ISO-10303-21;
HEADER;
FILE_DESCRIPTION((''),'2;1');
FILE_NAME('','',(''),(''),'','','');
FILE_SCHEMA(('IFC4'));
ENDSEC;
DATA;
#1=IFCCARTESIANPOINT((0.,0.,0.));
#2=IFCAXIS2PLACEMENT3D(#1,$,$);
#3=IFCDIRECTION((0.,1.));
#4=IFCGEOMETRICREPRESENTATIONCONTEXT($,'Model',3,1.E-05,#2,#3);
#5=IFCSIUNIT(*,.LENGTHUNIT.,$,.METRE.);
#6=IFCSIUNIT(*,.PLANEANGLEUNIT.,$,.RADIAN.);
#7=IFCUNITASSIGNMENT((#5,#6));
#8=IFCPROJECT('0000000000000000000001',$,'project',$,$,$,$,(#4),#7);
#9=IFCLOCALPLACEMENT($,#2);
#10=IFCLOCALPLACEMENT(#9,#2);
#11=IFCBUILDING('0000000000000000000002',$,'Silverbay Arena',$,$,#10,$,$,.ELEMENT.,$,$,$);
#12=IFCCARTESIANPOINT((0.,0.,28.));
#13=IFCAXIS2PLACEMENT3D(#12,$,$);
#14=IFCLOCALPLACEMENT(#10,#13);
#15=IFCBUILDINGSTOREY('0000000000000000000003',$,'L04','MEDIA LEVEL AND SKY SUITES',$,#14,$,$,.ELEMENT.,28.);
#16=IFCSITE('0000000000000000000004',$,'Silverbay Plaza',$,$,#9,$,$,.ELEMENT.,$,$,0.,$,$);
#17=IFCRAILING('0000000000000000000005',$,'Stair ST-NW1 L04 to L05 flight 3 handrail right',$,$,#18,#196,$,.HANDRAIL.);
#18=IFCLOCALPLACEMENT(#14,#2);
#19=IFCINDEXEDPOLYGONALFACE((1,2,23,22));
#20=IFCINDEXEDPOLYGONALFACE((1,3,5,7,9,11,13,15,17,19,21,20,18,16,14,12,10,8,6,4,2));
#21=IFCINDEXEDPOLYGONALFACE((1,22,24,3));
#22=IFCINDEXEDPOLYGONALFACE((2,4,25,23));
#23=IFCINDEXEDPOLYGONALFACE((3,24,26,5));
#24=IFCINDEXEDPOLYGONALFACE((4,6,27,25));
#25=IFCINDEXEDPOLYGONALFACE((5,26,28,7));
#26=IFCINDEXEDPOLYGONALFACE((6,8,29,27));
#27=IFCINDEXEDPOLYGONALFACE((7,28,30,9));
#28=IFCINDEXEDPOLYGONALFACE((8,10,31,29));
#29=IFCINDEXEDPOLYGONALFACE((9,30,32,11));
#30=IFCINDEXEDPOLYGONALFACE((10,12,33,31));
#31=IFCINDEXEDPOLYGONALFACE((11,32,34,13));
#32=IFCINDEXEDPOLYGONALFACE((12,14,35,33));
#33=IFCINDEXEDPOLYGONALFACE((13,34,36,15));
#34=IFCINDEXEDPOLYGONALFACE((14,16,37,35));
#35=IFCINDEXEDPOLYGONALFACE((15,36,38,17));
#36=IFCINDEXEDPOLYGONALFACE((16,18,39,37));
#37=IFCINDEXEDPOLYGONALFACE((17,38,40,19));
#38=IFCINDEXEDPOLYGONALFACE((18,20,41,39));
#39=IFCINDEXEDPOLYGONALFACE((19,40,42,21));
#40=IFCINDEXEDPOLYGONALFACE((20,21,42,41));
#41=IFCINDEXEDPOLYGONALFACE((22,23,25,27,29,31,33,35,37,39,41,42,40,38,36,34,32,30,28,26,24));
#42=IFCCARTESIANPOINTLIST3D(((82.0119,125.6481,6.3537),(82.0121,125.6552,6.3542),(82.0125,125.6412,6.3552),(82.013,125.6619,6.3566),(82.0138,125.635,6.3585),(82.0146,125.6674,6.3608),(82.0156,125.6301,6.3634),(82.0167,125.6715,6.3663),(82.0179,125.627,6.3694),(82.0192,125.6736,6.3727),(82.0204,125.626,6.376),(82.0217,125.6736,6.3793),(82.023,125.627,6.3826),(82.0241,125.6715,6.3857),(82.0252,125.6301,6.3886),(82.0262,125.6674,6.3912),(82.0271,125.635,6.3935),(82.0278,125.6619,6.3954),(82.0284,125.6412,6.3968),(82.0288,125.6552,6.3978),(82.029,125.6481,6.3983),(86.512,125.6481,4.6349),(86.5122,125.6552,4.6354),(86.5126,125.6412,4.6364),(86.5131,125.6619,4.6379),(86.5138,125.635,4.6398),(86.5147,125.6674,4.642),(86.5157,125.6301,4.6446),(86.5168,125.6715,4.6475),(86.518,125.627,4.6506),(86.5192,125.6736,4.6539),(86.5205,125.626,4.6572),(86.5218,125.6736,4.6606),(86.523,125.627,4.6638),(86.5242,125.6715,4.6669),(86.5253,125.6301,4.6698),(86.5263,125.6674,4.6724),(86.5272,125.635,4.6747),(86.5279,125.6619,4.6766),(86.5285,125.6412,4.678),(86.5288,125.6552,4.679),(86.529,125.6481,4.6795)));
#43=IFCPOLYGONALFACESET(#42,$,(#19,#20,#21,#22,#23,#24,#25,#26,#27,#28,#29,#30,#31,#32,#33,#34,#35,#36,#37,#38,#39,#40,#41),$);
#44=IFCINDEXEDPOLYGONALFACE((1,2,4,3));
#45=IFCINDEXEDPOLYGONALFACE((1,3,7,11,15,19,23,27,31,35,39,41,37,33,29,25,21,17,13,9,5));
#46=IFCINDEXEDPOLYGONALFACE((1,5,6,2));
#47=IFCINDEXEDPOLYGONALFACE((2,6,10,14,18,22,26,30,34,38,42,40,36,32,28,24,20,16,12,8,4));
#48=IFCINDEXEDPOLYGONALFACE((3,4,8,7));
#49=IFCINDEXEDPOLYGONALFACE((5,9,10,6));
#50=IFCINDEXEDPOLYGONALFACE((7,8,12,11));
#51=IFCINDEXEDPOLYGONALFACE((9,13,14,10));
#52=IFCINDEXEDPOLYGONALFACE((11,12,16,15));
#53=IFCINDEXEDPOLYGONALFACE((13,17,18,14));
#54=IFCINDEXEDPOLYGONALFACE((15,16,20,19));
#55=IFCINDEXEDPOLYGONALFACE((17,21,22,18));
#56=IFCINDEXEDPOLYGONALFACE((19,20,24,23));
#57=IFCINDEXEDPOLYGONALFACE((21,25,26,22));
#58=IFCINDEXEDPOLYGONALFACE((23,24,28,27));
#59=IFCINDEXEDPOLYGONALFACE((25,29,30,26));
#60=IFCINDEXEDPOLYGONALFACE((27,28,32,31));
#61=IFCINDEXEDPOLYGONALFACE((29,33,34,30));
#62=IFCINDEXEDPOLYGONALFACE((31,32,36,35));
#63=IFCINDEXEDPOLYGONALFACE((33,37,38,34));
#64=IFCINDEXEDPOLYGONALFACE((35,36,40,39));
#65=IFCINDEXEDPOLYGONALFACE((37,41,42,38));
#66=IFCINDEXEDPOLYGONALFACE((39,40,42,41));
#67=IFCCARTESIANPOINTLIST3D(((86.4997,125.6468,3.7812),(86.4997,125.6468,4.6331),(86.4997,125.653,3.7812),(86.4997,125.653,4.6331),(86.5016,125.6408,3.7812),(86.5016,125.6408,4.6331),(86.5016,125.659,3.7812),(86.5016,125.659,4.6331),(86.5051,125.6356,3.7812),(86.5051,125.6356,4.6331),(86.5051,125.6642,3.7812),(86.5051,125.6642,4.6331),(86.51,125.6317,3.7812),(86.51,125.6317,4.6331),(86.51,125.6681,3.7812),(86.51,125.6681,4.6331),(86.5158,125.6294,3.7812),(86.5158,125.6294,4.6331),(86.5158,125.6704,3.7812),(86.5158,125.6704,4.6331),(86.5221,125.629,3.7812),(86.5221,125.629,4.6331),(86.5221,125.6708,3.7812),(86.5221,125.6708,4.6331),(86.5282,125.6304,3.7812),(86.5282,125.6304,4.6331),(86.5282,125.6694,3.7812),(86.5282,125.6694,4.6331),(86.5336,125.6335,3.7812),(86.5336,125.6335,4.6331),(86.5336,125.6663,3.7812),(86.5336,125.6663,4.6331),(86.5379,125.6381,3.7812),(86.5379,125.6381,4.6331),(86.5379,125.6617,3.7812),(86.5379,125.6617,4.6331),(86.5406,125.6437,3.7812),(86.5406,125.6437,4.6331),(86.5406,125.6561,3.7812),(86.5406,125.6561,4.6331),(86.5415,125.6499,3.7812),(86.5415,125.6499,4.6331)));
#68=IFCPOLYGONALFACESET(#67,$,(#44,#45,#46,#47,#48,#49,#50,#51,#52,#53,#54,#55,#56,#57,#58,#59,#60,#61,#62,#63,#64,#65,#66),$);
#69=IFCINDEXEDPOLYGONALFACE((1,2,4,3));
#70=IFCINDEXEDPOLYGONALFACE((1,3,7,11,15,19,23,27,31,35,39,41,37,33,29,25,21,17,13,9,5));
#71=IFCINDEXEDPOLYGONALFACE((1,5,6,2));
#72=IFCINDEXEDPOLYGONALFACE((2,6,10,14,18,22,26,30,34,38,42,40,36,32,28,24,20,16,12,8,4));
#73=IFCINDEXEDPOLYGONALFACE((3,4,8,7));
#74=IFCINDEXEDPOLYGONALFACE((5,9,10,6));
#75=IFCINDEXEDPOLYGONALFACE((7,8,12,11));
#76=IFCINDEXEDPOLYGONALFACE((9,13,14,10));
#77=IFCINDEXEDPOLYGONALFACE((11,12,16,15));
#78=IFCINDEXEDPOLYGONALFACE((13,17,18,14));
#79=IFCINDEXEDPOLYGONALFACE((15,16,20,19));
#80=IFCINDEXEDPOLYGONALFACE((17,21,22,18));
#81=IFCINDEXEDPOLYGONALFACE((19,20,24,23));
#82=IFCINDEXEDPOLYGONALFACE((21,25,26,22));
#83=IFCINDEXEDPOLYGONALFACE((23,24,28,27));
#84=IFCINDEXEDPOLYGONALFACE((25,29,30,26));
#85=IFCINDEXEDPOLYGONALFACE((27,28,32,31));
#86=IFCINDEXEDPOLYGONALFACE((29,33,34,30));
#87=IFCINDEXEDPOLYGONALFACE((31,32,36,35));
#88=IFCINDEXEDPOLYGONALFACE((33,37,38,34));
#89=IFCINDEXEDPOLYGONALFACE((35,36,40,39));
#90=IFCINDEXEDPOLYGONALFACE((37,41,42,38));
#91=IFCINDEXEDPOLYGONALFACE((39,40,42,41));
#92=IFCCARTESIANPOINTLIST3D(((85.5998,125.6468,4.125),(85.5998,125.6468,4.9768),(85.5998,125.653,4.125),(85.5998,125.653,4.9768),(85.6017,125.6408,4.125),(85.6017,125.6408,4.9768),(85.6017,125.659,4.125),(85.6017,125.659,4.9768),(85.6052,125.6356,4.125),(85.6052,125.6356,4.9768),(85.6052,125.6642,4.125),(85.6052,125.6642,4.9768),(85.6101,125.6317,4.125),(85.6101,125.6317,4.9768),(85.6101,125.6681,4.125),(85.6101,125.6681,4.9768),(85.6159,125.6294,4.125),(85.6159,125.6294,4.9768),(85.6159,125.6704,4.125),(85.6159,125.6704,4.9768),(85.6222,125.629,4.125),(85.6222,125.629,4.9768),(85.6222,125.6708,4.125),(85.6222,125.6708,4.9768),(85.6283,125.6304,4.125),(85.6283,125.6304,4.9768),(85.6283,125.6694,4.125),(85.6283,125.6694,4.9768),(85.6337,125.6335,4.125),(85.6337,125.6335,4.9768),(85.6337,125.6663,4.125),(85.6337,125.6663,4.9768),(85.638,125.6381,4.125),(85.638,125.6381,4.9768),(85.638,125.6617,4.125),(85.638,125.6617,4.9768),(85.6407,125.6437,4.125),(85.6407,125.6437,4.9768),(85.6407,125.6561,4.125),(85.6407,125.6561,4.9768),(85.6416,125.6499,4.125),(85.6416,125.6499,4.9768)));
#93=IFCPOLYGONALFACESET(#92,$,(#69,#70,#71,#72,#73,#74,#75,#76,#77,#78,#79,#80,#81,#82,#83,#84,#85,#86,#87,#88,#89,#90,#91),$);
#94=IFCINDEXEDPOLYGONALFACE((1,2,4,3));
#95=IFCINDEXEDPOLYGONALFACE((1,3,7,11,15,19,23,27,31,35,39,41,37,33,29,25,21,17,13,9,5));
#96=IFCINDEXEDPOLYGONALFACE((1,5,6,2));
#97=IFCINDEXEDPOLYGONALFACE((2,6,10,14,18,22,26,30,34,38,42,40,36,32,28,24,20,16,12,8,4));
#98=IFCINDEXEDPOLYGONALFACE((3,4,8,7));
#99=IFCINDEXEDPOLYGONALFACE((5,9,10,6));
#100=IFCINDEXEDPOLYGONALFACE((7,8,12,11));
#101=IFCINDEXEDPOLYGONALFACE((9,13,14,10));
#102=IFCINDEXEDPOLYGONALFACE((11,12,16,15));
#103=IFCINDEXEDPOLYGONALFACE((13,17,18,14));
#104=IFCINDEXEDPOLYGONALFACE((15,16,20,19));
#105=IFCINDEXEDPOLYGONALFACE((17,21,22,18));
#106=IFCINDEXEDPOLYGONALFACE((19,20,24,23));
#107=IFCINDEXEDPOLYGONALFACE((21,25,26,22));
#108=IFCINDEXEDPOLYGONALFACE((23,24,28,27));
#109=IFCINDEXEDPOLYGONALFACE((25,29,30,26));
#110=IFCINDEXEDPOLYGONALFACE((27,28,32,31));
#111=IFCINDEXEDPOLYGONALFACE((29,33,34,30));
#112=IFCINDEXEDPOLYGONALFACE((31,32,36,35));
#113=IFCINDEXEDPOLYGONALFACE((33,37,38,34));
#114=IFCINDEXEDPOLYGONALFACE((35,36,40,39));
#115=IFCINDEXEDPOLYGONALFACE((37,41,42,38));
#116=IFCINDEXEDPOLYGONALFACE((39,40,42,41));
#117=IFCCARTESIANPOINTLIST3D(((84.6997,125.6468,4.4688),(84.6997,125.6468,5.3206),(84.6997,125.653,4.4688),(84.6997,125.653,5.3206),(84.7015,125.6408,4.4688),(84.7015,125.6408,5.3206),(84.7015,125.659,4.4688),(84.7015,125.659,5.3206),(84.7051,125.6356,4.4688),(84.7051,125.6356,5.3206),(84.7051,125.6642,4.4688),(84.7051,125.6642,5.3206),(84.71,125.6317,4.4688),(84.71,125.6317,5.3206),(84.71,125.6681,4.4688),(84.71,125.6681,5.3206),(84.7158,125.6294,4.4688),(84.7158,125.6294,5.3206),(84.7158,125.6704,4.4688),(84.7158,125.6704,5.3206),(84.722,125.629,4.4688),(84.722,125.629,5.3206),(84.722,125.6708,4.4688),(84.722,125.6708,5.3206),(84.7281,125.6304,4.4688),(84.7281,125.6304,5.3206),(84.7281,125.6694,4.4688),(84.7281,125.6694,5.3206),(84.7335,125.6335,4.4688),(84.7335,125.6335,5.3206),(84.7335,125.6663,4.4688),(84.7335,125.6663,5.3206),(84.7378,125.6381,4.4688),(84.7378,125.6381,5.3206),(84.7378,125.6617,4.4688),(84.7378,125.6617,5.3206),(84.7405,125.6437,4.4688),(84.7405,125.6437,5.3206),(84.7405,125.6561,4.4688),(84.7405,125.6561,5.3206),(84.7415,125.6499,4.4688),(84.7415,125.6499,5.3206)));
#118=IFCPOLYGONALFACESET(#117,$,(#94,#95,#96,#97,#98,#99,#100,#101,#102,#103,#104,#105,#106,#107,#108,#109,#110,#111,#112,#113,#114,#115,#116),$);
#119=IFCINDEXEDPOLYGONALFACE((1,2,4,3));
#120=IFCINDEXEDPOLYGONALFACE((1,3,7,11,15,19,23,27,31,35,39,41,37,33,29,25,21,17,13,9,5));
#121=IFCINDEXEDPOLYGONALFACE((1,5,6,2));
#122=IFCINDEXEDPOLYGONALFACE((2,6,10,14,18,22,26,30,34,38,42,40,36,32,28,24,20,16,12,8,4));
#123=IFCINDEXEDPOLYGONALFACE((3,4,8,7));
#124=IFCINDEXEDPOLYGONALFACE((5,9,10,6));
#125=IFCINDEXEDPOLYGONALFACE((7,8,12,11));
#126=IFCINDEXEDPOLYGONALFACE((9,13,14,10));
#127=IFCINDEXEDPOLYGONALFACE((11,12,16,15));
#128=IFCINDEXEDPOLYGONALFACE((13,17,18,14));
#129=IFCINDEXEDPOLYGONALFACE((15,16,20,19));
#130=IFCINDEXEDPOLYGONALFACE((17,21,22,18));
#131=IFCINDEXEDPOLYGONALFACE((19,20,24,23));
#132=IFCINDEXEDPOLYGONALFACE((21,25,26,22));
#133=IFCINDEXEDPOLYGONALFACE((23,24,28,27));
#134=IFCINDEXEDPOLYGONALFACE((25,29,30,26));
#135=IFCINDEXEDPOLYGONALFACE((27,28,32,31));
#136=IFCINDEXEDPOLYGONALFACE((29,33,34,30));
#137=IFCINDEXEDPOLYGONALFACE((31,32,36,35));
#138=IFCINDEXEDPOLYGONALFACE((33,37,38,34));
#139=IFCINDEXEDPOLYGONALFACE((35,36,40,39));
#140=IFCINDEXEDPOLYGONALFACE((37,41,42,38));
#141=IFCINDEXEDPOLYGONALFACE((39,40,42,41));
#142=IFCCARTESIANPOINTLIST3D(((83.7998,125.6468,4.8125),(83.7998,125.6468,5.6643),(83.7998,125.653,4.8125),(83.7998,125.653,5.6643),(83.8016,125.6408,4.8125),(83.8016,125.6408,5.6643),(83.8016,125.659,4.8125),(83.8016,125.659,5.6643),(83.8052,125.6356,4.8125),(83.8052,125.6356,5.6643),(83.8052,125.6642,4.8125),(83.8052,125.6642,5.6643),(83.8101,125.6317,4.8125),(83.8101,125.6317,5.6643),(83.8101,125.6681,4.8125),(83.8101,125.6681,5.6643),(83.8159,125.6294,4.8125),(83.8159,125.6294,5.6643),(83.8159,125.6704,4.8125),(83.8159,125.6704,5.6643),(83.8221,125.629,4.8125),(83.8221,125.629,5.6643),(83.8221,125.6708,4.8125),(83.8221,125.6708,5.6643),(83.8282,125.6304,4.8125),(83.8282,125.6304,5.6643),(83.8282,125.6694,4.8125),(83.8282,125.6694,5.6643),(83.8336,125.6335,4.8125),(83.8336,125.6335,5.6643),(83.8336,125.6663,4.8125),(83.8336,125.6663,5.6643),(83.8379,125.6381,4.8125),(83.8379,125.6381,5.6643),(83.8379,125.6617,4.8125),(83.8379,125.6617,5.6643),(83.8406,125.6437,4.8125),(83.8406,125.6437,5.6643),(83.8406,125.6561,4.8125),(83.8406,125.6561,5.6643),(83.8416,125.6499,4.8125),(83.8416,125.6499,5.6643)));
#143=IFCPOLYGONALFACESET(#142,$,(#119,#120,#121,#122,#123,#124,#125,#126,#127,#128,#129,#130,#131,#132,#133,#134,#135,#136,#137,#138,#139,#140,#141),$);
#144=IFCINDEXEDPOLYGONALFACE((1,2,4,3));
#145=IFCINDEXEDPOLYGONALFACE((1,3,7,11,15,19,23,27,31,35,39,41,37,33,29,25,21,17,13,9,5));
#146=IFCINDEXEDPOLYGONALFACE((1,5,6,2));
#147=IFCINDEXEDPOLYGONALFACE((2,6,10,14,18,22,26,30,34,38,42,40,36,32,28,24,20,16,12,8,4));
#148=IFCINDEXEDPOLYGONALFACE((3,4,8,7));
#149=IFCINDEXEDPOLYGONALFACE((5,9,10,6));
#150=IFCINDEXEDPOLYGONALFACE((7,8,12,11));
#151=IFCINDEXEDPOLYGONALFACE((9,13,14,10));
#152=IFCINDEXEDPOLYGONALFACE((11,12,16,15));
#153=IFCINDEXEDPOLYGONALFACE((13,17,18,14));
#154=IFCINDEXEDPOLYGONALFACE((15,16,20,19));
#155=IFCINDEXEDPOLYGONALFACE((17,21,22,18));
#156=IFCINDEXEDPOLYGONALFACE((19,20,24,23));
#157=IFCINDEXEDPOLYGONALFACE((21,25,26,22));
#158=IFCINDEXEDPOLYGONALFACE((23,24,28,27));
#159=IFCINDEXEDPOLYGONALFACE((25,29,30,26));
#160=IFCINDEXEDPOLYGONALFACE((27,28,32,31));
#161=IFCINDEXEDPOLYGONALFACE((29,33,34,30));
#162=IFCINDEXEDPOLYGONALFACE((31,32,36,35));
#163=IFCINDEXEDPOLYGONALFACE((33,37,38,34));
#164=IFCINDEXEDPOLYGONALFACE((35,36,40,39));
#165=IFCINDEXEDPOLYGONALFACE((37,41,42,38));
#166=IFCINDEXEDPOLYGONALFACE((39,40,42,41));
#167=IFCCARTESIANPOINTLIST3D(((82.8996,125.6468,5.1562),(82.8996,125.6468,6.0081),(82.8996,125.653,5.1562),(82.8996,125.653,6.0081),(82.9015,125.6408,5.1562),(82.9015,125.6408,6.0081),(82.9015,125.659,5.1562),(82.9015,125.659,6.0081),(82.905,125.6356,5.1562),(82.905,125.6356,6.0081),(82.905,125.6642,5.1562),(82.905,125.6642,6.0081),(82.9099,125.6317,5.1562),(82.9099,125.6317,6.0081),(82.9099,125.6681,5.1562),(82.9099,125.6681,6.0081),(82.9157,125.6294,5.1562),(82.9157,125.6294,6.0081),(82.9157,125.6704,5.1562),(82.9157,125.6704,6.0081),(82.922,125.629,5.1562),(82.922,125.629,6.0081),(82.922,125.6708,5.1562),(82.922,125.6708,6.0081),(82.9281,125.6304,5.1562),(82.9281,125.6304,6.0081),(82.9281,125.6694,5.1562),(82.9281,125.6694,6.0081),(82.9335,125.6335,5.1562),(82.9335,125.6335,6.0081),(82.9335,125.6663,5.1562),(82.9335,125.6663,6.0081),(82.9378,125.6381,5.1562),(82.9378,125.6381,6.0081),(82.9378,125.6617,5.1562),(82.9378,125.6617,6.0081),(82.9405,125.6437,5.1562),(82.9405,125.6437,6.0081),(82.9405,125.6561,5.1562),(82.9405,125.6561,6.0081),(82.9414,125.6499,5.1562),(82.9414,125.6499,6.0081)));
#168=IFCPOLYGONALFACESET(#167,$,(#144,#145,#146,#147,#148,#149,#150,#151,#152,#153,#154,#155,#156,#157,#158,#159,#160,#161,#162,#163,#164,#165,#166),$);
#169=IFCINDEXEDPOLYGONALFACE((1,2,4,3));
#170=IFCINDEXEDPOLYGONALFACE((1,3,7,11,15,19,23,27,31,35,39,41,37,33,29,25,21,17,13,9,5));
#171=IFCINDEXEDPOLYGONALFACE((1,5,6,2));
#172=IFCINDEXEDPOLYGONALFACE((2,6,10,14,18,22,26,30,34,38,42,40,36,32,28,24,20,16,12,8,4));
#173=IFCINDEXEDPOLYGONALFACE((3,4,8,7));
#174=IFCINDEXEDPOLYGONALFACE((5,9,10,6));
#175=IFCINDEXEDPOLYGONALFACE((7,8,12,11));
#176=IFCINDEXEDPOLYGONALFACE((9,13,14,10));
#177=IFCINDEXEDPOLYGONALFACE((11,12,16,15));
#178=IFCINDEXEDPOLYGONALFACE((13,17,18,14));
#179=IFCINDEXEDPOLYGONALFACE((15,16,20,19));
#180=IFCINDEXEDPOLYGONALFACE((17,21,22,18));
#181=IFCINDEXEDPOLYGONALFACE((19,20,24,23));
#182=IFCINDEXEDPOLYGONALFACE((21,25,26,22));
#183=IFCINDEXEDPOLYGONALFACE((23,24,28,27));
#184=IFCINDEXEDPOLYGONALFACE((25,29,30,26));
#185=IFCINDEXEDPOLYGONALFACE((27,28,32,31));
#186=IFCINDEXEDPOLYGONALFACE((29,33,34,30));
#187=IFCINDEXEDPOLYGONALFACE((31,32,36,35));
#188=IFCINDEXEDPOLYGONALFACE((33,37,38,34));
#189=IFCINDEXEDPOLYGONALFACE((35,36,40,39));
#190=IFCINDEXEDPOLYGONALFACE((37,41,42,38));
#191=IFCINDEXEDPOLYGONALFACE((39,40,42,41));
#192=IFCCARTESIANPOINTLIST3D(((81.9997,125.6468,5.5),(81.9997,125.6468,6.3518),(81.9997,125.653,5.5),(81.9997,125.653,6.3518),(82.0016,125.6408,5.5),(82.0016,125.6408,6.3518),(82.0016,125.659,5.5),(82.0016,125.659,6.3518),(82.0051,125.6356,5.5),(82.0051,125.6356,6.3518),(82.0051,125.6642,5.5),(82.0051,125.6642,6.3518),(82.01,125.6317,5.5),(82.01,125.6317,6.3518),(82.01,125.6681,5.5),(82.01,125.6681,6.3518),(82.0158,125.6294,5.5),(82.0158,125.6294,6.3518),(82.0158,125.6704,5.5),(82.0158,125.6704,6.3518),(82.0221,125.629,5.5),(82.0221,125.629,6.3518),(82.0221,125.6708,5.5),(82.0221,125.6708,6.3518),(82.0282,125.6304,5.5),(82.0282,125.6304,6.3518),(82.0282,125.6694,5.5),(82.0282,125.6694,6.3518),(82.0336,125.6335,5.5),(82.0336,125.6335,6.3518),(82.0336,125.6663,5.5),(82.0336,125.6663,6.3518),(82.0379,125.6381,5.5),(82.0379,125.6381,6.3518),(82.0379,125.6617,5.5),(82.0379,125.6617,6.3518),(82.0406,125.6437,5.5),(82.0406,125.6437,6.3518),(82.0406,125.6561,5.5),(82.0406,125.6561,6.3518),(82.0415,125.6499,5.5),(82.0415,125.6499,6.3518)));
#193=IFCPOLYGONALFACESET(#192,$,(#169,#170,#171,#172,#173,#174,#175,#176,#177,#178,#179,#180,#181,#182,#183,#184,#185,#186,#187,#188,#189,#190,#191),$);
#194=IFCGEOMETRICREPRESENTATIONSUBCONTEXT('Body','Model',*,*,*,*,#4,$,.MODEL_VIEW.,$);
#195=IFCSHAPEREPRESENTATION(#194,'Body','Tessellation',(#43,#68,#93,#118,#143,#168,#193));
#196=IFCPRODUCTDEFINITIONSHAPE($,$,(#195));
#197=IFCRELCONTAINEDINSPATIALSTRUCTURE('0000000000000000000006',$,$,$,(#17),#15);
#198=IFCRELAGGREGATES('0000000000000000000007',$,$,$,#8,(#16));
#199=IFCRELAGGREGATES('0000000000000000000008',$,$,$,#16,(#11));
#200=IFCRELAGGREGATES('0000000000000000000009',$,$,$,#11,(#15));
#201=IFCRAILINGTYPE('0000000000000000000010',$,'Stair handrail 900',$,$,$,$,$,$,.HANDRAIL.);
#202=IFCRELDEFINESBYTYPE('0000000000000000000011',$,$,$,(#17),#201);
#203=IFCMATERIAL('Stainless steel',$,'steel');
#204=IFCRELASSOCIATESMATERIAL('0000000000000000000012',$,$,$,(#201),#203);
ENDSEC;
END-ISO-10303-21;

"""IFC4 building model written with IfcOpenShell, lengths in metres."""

from ifc_helpers import new_model, si_unit, direction, frame, origin, origin_2d, place, context, subcontext, project, spatial, circle, extrude, material, type_object, element, save


model = new_model("IFC4")

# Units and contexts
model_context = context("Model", 3, precision=1e-05, world=origin(), true_north=direction((0.0, 1.0)))
body_context = subcontext(model_context, "Body", "Model", "MODEL_VIEW")
ifc_project = project(units=[si_unit("LENGTHUNIT", "METRE"), si_unit("PLANEANGLEUNIT", "RADIAN")], contexts=[model_context])

# Site, building, storey
site_placement = place(None, origin())
site = spatial("IfcSite", under=ifc_project, at=site_placement, Name="Silverbay Plaza", CompositionType="ELEMENT", RefElevation=0.0)
building_placement = place(site_placement, origin())
building = spatial("IfcBuilding", under=site, at=building_placement, Name="Silverbay Arena", CompositionType="ELEMENT")
storey_placement = place(building_placement, frame((0.0, 0.0, 28.0)))
storey = spatial("IfcBuildingStorey", under=building, at=storey_placement, Name="L04", Description="MEDIA LEVEL AND SKY SUITES", CompositionType="ELEMENT", Elevation=28.0)

# Railing
ifc_material_1 = material(Name="Stainless steel", Category="steel")
railing_type = type_object("IfcRailingType", Name="Stair handrail 900", PredefinedType="HANDRAIL", material=ifc_material_1)
railing_1_placement = place(storey_placement, frame((86.5205, 125.6499, 3.7812)))
element("IfcRailing", 1, at=railing_1_placement, inside=storey, type_object=railing_type, Name="Stair ST-NW1 L04 to L05 flight 3 handrail right", PredefinedType="HANDRAIL", context=body_context, shape_type="SweptSolid", body=[
    extrude(circle(Radius=0.0239, at=origin_2d()), frame((0.0, 0.0, 0.876), z_axis=(-0.934179, 0.0, 0.356805), x_axis=(0.0, -1.0, 0.0)), (0.0, 0.0, 1.0), 4.8171),
    extrude(circle(Radius=0.021, at=origin_2d()), origin(), (0.0, 0.0, 1.0), 0.8518),
    extrude(circle(Radius=0.021, at=origin_2d()), frame((-0.8999, 0.0, 0.3438)), (0.0, 0.0, 1.0), 0.8518),
    extrude(circle(Radius=0.021, at=origin_2d()), frame((-1.8, 0.0, 0.6875)), (0.0, 0.0, 1.0), 0.8518),
    extrude(circle(Radius=0.021, at=origin_2d()), frame((-2.7, 0.0, 1.0312)), (0.0, 0.0, 1.0), 0.8518),
    extrude(circle(Radius=0.021, at=origin_2d()), frame((-3.6001, 0.0, 1.375)), (0.0, 0.0, 1.0), 0.8518),
    extrude(circle(Radius=0.021, at=origin_2d()), frame((-4.5, 0.0, 1.7188)), (0.0, 0.0, 1.0), 0.8518),
])

save(model, "model.ifc")
